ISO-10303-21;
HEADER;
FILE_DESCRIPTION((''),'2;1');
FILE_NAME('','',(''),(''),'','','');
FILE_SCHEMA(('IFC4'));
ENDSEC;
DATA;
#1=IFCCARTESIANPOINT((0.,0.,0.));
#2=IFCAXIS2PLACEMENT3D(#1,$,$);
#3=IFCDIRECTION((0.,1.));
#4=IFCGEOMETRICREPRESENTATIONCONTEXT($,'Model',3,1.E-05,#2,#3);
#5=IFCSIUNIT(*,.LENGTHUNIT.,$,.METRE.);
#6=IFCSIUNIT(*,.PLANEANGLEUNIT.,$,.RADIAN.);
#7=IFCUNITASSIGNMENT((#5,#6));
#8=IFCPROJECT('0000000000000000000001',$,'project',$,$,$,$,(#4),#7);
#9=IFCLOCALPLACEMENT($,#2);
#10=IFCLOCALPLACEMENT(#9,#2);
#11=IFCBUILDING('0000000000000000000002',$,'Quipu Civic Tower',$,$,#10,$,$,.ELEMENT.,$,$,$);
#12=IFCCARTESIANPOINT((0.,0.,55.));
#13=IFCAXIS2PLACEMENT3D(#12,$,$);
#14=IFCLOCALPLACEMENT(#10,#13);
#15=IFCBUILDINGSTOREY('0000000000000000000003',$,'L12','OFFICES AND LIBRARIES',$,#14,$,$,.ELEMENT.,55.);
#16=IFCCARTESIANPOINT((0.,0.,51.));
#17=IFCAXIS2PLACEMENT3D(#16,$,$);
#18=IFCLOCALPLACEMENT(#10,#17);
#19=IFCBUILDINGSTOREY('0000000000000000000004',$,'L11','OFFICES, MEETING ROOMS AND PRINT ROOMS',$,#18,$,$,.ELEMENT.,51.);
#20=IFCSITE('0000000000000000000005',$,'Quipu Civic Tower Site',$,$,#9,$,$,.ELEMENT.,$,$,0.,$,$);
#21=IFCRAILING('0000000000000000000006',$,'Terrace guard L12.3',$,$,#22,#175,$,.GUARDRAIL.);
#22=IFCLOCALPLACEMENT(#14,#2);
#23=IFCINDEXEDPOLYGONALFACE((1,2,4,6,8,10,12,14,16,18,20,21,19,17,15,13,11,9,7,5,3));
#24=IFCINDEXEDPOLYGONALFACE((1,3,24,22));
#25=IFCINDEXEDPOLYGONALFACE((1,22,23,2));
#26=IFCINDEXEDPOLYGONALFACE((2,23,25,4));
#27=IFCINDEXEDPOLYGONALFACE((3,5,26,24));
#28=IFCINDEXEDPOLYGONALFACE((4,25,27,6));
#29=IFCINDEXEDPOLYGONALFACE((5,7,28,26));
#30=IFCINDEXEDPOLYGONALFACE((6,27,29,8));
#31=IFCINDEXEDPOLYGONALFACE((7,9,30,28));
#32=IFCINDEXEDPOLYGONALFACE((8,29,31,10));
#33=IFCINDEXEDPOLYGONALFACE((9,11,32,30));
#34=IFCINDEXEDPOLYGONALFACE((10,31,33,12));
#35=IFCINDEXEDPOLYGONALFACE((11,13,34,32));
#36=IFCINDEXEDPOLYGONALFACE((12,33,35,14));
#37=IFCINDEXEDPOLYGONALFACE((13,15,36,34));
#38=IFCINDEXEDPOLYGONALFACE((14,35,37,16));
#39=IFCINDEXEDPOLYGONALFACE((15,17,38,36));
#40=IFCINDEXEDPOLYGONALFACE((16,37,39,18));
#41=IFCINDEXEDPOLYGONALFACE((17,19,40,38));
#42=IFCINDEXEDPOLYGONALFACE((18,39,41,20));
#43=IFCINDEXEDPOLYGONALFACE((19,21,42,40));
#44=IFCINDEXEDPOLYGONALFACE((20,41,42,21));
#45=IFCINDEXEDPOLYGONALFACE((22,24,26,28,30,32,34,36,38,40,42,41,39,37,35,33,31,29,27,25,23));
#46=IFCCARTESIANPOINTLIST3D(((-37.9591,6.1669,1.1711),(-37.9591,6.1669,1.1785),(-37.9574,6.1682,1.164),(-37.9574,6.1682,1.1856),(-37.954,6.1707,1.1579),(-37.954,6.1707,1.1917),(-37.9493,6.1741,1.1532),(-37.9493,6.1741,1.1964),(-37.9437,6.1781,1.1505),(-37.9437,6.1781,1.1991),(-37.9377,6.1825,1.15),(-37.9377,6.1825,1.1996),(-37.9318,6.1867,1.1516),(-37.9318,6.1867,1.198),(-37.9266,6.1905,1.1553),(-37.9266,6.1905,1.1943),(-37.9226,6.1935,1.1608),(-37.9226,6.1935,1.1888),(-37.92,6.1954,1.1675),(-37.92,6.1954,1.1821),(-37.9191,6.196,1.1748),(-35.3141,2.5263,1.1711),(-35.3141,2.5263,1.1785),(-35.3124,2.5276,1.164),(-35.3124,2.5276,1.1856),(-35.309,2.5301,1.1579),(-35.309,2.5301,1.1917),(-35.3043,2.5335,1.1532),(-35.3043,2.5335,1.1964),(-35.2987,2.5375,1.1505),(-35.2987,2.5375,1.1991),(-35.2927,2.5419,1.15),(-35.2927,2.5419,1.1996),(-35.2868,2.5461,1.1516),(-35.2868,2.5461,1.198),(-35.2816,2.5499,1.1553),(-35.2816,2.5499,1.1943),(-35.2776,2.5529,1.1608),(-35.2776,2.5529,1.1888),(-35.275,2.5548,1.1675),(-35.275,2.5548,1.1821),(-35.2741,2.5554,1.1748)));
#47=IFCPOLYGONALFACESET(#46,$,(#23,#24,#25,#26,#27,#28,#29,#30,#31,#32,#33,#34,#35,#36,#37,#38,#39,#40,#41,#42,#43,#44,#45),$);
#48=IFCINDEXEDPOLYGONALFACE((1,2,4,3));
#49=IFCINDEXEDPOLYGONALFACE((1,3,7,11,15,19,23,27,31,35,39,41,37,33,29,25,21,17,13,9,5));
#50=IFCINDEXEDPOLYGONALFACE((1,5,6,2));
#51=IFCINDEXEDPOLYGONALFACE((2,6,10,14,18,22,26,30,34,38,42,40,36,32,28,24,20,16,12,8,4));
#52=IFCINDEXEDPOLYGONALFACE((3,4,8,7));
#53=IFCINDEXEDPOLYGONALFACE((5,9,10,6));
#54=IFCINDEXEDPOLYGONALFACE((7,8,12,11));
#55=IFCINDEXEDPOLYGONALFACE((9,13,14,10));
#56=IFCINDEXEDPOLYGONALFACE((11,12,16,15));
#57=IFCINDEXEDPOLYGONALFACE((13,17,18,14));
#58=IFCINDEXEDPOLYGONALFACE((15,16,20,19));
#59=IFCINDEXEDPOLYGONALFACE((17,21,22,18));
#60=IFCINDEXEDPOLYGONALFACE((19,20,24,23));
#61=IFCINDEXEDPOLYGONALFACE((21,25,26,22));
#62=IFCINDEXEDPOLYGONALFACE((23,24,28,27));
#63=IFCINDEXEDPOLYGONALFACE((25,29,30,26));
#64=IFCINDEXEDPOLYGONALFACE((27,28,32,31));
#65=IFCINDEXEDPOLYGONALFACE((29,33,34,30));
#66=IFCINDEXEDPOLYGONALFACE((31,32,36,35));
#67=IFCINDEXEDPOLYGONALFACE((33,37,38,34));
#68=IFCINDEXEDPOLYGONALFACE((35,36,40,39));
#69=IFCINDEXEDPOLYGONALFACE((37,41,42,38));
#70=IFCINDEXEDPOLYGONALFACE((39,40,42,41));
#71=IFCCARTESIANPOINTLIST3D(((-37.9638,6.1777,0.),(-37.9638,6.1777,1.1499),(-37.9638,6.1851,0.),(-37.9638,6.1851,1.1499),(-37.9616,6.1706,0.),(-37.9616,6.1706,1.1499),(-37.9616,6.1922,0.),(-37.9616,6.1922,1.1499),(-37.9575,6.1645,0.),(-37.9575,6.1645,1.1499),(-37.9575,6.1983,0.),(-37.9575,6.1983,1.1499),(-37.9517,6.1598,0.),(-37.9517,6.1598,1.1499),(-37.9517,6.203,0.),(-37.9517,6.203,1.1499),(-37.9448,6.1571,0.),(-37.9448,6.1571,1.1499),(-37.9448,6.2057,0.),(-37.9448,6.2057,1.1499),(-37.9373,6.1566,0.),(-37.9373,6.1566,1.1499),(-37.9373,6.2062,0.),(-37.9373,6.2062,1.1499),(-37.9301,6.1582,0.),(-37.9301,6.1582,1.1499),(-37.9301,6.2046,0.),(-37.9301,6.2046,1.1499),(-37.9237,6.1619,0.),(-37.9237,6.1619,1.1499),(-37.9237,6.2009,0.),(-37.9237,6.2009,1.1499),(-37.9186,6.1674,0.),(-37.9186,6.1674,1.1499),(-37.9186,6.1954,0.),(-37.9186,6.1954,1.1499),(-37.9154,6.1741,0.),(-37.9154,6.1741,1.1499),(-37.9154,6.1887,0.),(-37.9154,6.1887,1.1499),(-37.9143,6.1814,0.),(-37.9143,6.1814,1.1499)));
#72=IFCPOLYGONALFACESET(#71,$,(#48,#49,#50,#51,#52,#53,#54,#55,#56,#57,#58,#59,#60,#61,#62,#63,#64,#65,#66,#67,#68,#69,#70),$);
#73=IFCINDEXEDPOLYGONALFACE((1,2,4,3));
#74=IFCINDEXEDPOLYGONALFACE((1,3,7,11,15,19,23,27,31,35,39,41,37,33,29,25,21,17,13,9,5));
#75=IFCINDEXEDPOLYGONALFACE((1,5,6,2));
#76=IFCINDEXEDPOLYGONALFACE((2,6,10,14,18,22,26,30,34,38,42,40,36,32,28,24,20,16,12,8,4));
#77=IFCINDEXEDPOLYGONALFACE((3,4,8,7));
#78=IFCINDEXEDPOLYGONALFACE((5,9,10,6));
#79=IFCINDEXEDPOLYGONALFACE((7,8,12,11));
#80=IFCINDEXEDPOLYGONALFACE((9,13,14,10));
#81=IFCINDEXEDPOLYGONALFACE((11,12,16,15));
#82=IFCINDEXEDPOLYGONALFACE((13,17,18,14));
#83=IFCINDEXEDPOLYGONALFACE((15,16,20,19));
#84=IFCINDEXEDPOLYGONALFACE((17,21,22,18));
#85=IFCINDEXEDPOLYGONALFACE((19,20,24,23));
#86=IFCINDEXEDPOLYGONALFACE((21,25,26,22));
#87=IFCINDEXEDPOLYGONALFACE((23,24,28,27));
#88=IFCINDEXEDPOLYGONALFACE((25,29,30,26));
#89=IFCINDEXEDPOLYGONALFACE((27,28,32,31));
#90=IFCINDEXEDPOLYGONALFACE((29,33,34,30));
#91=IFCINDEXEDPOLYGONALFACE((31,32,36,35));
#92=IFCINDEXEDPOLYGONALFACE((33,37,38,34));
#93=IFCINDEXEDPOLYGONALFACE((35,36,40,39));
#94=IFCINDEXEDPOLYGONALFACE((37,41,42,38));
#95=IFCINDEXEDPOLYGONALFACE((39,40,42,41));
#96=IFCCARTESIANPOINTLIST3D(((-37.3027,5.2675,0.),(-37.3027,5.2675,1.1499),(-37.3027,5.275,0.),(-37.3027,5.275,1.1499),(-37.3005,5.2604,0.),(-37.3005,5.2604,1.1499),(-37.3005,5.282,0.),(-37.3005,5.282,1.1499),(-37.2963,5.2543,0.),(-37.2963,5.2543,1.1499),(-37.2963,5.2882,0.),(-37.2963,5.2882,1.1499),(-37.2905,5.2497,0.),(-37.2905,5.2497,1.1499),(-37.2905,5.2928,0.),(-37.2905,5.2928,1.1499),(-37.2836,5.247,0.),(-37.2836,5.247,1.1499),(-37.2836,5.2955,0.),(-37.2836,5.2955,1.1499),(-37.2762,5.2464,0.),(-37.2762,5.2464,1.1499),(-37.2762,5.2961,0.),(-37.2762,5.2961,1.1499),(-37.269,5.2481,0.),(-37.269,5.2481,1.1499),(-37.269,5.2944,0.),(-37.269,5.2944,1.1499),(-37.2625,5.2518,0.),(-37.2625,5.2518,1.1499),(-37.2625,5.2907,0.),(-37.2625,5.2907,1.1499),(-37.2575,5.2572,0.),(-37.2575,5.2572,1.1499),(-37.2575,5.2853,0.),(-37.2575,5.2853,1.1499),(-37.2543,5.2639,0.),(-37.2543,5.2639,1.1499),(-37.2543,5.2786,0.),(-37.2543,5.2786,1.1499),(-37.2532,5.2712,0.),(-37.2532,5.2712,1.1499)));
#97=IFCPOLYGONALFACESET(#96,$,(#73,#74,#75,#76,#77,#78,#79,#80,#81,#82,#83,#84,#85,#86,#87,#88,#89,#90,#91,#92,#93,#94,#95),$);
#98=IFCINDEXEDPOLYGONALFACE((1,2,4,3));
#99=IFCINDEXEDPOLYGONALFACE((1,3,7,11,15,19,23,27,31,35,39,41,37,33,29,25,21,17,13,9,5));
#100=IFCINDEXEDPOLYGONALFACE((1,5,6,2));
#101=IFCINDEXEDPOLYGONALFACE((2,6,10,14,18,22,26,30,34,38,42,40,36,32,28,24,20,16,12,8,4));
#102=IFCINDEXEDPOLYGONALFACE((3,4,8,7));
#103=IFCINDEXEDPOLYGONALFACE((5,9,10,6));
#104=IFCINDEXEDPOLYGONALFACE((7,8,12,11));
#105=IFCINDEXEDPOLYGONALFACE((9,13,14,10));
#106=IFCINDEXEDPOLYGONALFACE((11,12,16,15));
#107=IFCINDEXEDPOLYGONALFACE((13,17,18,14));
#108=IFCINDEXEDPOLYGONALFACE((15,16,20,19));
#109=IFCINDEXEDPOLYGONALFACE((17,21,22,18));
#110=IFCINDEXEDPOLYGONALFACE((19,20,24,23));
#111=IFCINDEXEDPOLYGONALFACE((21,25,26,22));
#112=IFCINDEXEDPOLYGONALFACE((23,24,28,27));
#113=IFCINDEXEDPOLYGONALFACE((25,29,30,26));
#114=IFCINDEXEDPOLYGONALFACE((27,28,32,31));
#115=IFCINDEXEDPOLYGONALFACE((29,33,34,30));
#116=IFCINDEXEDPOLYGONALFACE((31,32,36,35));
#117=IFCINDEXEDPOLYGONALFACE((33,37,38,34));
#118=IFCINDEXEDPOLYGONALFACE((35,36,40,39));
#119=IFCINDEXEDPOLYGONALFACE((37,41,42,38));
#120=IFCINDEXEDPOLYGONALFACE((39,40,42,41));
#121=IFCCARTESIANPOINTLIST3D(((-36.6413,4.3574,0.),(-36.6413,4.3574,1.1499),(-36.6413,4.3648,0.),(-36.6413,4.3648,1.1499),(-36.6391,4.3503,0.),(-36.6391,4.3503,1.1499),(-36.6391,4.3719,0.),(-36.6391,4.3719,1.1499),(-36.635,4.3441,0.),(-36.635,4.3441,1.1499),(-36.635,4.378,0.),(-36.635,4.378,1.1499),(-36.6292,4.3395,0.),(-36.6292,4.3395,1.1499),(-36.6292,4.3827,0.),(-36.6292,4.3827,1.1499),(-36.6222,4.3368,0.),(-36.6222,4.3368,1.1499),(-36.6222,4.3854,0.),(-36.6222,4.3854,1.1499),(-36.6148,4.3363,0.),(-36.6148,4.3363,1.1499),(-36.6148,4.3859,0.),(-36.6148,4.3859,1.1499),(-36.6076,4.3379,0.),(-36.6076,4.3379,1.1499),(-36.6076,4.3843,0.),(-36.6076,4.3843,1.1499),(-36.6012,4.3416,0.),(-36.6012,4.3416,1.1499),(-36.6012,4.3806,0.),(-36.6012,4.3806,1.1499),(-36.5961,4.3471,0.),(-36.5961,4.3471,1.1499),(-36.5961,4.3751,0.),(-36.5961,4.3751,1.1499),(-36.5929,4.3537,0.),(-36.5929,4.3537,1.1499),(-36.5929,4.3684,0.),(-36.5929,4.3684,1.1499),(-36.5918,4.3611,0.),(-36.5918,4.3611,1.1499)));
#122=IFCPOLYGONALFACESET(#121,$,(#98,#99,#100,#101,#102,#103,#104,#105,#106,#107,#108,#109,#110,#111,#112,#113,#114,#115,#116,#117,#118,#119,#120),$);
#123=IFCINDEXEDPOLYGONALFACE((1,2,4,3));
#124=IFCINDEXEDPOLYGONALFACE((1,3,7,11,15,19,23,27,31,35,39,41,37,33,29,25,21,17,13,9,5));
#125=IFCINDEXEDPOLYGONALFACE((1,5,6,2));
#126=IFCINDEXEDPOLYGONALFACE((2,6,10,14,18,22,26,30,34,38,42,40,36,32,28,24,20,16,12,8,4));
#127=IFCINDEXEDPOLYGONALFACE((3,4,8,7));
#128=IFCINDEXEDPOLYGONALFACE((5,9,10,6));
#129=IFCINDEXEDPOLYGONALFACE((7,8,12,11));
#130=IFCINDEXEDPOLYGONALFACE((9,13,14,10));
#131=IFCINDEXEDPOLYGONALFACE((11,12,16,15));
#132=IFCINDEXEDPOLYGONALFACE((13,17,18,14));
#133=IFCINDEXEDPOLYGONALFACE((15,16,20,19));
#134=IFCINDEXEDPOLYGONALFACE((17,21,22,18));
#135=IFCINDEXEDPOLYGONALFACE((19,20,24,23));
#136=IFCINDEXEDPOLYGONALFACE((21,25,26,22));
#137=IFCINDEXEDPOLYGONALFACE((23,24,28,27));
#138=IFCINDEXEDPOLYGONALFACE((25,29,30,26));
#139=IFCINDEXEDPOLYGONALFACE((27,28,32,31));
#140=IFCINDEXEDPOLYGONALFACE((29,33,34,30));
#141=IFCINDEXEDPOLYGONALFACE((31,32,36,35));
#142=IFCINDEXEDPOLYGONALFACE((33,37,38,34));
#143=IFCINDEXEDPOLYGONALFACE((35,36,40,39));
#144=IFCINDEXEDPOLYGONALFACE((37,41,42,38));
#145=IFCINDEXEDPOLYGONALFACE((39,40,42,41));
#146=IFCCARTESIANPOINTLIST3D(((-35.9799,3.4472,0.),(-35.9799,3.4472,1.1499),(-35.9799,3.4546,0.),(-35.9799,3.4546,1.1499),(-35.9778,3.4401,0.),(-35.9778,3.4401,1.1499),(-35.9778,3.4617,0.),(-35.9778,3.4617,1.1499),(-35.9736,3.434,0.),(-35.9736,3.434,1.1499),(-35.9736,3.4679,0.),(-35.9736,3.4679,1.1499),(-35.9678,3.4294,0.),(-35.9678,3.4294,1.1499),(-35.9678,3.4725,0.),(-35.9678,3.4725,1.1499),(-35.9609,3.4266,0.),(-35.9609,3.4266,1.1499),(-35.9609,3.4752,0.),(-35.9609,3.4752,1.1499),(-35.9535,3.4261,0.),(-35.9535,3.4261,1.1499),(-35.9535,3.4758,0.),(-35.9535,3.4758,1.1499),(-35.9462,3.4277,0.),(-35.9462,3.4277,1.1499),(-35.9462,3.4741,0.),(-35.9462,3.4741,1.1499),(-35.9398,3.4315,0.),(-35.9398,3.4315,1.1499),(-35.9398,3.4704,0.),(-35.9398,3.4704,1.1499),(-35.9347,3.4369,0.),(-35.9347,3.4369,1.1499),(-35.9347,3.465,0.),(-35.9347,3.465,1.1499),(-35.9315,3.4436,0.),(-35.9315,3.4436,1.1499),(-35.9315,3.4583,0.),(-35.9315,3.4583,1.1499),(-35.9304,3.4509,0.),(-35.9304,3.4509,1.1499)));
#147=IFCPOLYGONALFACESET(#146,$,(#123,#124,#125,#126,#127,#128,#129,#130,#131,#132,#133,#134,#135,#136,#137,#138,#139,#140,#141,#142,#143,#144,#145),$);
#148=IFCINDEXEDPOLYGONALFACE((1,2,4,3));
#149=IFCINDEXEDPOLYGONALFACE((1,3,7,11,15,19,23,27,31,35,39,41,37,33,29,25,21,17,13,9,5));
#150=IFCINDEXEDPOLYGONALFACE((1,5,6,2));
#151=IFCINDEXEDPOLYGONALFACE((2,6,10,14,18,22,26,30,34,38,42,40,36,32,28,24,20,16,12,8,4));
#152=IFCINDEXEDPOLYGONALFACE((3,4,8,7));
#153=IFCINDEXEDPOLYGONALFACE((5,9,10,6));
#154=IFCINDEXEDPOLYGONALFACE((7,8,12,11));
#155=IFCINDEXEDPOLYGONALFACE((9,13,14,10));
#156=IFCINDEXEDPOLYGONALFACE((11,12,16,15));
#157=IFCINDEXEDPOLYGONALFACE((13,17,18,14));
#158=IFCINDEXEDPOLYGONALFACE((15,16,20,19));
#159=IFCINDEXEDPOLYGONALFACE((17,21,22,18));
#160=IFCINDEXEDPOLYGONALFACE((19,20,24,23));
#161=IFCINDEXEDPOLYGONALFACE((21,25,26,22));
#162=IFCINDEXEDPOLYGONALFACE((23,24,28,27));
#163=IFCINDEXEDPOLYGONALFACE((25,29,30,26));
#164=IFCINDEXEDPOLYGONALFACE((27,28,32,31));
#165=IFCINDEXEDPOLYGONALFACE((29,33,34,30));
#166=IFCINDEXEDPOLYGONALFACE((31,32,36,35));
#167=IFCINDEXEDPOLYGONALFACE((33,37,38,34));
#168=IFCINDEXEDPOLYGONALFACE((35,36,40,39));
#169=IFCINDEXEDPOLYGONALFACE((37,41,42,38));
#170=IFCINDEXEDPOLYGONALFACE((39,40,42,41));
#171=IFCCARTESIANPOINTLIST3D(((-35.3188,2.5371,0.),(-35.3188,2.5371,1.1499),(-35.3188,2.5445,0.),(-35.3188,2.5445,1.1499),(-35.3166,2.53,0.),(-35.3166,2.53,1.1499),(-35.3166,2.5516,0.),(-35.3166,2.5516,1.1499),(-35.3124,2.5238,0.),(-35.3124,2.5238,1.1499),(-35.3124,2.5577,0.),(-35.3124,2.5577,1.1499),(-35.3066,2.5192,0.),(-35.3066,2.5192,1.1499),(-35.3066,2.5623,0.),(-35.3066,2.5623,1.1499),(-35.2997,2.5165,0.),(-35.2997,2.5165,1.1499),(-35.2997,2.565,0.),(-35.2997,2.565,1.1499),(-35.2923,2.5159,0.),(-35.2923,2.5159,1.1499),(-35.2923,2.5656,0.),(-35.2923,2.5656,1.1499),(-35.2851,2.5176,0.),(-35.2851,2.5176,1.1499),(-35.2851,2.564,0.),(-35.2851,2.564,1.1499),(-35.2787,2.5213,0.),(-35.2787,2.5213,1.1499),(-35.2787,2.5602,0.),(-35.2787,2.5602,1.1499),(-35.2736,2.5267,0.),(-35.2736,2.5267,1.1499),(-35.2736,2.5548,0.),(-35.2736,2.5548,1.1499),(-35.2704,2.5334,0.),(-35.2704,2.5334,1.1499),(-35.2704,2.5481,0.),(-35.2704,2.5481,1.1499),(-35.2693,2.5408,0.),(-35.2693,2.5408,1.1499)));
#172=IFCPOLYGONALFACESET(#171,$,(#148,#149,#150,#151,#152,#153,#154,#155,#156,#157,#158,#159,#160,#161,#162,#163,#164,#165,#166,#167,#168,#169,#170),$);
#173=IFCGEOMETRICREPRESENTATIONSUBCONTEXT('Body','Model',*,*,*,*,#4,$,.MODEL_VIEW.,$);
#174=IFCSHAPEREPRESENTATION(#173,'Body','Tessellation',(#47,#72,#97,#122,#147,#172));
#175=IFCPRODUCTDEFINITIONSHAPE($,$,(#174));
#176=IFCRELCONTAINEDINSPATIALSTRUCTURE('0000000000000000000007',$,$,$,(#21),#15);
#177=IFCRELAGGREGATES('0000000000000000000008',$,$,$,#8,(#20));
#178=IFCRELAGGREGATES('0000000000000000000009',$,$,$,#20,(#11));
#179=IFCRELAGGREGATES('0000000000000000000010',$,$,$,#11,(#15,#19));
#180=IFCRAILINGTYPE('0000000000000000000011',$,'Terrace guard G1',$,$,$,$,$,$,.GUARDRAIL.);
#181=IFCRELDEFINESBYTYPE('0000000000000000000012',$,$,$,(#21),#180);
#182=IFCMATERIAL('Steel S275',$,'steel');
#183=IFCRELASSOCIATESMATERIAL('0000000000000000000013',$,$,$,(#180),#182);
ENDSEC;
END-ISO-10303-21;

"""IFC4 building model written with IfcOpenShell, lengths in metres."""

from ifc_helpers import new_model, si_unit, direction, frame, origin, origin_2d, place, context, subcontext, project, spatial, circle, extrude, material, type_object, element, save


model = new_model("IFC4")

# Units and contexts
model_context = context("Model", 3, precision=1e-05, world=origin(), true_north=direction((0.0, 1.0)))
body_context = subcontext(model_context, "Body", "Model", "MODEL_VIEW")
ifc_project = project(units=[si_unit("LENGTHUNIT", "METRE"), si_unit("PLANEANGLEUNIT", "RADIAN")], contexts=[model_context])

# Site, building, storey
site_placement = place(None, origin())
site = spatial("IfcSite", under=ifc_project, at=site_placement, Name="Quipu Civic Tower Site", CompositionType="ELEMENT", RefElevation=0.0)
building_placement = place(site_placement, origin())
building = spatial("IfcBuilding", under=site, at=building_placement, Name="Quipu Civic Tower", CompositionType="ELEMENT")
storey_1_placement = place(building_placement, frame((0.0, 0.0, 55.0)))
storey_1 = spatial("IfcBuildingStorey", under=building, at=storey_1_placement, Name="L12", Description="OFFICES AND LIBRARIES", CompositionType="ELEMENT", Elevation=55.0)

# Shared definitions
storey_2_placement = place(building_placement, frame((0.0, 0.0, 51.0)))
storey_2 = spatial("IfcBuildingStorey", under=building, at=storey_2_placement, Name="L11", Description="OFFICES, MEETING ROOMS AND PRINT ROOMS", CompositionType="ELEMENT", Elevation=51.0)

# Railing
ifc_material_1 = material(Name="Steel S275", Category="steel")
railing_type = type_object("IfcRailingType", Name="Terrace guard G1", PredefinedType="GUARDRAIL", material=ifc_material_1)
for number, where, name in (
    (1, (-37.9392, 6.1814, 0.0), "Terrace guard L12.3"),
):
    element("IfcRailing", number, at=place(storey_1_placement, frame(where)), inside=storey_1, type_object=railing_type, Name=name, PredefinedType="GUARDRAIL", context=body_context, shape_type="SweptSolid", body=[
        extrude(circle(Radius=0.0249, at=origin_2d()), frame((0.0, 0.0, 1.1748), z_axis=(0.587778, -0.809022, 0.0), x_axis=(0.809022, 0.587778, 0.0)), (0.0, 0.0, 1.0), 4.5),
        extrude(circle(Radius=0.0249, at=origin_2d()), origin(), (0.0, 0.0, 1.0), 1.1499),
        extrude(circle(Radius=0.0249, at=origin_2d()), frame((0.6611, -0.9102, 0.0)), (0.0, 0.0, 1.0), 1.1499),
        extrude(circle(Radius=0.0249, at=origin_2d()), frame((1.3225, -1.8203, 0.0)), (0.0, 0.0, 1.0), 1.1499),
        extrude(circle(Radius=0.0249, at=origin_2d()), frame((1.9839, -2.7305, 0.0)), (0.0, 0.0, 1.0), 1.1499),
        extrude(circle(Radius=0.0249, at=origin_2d()), frame((2.645, -3.6406, 0.0)), (0.0, 0.0, 1.0), 1.1499),
    ])

save(model, "model.ifc")
